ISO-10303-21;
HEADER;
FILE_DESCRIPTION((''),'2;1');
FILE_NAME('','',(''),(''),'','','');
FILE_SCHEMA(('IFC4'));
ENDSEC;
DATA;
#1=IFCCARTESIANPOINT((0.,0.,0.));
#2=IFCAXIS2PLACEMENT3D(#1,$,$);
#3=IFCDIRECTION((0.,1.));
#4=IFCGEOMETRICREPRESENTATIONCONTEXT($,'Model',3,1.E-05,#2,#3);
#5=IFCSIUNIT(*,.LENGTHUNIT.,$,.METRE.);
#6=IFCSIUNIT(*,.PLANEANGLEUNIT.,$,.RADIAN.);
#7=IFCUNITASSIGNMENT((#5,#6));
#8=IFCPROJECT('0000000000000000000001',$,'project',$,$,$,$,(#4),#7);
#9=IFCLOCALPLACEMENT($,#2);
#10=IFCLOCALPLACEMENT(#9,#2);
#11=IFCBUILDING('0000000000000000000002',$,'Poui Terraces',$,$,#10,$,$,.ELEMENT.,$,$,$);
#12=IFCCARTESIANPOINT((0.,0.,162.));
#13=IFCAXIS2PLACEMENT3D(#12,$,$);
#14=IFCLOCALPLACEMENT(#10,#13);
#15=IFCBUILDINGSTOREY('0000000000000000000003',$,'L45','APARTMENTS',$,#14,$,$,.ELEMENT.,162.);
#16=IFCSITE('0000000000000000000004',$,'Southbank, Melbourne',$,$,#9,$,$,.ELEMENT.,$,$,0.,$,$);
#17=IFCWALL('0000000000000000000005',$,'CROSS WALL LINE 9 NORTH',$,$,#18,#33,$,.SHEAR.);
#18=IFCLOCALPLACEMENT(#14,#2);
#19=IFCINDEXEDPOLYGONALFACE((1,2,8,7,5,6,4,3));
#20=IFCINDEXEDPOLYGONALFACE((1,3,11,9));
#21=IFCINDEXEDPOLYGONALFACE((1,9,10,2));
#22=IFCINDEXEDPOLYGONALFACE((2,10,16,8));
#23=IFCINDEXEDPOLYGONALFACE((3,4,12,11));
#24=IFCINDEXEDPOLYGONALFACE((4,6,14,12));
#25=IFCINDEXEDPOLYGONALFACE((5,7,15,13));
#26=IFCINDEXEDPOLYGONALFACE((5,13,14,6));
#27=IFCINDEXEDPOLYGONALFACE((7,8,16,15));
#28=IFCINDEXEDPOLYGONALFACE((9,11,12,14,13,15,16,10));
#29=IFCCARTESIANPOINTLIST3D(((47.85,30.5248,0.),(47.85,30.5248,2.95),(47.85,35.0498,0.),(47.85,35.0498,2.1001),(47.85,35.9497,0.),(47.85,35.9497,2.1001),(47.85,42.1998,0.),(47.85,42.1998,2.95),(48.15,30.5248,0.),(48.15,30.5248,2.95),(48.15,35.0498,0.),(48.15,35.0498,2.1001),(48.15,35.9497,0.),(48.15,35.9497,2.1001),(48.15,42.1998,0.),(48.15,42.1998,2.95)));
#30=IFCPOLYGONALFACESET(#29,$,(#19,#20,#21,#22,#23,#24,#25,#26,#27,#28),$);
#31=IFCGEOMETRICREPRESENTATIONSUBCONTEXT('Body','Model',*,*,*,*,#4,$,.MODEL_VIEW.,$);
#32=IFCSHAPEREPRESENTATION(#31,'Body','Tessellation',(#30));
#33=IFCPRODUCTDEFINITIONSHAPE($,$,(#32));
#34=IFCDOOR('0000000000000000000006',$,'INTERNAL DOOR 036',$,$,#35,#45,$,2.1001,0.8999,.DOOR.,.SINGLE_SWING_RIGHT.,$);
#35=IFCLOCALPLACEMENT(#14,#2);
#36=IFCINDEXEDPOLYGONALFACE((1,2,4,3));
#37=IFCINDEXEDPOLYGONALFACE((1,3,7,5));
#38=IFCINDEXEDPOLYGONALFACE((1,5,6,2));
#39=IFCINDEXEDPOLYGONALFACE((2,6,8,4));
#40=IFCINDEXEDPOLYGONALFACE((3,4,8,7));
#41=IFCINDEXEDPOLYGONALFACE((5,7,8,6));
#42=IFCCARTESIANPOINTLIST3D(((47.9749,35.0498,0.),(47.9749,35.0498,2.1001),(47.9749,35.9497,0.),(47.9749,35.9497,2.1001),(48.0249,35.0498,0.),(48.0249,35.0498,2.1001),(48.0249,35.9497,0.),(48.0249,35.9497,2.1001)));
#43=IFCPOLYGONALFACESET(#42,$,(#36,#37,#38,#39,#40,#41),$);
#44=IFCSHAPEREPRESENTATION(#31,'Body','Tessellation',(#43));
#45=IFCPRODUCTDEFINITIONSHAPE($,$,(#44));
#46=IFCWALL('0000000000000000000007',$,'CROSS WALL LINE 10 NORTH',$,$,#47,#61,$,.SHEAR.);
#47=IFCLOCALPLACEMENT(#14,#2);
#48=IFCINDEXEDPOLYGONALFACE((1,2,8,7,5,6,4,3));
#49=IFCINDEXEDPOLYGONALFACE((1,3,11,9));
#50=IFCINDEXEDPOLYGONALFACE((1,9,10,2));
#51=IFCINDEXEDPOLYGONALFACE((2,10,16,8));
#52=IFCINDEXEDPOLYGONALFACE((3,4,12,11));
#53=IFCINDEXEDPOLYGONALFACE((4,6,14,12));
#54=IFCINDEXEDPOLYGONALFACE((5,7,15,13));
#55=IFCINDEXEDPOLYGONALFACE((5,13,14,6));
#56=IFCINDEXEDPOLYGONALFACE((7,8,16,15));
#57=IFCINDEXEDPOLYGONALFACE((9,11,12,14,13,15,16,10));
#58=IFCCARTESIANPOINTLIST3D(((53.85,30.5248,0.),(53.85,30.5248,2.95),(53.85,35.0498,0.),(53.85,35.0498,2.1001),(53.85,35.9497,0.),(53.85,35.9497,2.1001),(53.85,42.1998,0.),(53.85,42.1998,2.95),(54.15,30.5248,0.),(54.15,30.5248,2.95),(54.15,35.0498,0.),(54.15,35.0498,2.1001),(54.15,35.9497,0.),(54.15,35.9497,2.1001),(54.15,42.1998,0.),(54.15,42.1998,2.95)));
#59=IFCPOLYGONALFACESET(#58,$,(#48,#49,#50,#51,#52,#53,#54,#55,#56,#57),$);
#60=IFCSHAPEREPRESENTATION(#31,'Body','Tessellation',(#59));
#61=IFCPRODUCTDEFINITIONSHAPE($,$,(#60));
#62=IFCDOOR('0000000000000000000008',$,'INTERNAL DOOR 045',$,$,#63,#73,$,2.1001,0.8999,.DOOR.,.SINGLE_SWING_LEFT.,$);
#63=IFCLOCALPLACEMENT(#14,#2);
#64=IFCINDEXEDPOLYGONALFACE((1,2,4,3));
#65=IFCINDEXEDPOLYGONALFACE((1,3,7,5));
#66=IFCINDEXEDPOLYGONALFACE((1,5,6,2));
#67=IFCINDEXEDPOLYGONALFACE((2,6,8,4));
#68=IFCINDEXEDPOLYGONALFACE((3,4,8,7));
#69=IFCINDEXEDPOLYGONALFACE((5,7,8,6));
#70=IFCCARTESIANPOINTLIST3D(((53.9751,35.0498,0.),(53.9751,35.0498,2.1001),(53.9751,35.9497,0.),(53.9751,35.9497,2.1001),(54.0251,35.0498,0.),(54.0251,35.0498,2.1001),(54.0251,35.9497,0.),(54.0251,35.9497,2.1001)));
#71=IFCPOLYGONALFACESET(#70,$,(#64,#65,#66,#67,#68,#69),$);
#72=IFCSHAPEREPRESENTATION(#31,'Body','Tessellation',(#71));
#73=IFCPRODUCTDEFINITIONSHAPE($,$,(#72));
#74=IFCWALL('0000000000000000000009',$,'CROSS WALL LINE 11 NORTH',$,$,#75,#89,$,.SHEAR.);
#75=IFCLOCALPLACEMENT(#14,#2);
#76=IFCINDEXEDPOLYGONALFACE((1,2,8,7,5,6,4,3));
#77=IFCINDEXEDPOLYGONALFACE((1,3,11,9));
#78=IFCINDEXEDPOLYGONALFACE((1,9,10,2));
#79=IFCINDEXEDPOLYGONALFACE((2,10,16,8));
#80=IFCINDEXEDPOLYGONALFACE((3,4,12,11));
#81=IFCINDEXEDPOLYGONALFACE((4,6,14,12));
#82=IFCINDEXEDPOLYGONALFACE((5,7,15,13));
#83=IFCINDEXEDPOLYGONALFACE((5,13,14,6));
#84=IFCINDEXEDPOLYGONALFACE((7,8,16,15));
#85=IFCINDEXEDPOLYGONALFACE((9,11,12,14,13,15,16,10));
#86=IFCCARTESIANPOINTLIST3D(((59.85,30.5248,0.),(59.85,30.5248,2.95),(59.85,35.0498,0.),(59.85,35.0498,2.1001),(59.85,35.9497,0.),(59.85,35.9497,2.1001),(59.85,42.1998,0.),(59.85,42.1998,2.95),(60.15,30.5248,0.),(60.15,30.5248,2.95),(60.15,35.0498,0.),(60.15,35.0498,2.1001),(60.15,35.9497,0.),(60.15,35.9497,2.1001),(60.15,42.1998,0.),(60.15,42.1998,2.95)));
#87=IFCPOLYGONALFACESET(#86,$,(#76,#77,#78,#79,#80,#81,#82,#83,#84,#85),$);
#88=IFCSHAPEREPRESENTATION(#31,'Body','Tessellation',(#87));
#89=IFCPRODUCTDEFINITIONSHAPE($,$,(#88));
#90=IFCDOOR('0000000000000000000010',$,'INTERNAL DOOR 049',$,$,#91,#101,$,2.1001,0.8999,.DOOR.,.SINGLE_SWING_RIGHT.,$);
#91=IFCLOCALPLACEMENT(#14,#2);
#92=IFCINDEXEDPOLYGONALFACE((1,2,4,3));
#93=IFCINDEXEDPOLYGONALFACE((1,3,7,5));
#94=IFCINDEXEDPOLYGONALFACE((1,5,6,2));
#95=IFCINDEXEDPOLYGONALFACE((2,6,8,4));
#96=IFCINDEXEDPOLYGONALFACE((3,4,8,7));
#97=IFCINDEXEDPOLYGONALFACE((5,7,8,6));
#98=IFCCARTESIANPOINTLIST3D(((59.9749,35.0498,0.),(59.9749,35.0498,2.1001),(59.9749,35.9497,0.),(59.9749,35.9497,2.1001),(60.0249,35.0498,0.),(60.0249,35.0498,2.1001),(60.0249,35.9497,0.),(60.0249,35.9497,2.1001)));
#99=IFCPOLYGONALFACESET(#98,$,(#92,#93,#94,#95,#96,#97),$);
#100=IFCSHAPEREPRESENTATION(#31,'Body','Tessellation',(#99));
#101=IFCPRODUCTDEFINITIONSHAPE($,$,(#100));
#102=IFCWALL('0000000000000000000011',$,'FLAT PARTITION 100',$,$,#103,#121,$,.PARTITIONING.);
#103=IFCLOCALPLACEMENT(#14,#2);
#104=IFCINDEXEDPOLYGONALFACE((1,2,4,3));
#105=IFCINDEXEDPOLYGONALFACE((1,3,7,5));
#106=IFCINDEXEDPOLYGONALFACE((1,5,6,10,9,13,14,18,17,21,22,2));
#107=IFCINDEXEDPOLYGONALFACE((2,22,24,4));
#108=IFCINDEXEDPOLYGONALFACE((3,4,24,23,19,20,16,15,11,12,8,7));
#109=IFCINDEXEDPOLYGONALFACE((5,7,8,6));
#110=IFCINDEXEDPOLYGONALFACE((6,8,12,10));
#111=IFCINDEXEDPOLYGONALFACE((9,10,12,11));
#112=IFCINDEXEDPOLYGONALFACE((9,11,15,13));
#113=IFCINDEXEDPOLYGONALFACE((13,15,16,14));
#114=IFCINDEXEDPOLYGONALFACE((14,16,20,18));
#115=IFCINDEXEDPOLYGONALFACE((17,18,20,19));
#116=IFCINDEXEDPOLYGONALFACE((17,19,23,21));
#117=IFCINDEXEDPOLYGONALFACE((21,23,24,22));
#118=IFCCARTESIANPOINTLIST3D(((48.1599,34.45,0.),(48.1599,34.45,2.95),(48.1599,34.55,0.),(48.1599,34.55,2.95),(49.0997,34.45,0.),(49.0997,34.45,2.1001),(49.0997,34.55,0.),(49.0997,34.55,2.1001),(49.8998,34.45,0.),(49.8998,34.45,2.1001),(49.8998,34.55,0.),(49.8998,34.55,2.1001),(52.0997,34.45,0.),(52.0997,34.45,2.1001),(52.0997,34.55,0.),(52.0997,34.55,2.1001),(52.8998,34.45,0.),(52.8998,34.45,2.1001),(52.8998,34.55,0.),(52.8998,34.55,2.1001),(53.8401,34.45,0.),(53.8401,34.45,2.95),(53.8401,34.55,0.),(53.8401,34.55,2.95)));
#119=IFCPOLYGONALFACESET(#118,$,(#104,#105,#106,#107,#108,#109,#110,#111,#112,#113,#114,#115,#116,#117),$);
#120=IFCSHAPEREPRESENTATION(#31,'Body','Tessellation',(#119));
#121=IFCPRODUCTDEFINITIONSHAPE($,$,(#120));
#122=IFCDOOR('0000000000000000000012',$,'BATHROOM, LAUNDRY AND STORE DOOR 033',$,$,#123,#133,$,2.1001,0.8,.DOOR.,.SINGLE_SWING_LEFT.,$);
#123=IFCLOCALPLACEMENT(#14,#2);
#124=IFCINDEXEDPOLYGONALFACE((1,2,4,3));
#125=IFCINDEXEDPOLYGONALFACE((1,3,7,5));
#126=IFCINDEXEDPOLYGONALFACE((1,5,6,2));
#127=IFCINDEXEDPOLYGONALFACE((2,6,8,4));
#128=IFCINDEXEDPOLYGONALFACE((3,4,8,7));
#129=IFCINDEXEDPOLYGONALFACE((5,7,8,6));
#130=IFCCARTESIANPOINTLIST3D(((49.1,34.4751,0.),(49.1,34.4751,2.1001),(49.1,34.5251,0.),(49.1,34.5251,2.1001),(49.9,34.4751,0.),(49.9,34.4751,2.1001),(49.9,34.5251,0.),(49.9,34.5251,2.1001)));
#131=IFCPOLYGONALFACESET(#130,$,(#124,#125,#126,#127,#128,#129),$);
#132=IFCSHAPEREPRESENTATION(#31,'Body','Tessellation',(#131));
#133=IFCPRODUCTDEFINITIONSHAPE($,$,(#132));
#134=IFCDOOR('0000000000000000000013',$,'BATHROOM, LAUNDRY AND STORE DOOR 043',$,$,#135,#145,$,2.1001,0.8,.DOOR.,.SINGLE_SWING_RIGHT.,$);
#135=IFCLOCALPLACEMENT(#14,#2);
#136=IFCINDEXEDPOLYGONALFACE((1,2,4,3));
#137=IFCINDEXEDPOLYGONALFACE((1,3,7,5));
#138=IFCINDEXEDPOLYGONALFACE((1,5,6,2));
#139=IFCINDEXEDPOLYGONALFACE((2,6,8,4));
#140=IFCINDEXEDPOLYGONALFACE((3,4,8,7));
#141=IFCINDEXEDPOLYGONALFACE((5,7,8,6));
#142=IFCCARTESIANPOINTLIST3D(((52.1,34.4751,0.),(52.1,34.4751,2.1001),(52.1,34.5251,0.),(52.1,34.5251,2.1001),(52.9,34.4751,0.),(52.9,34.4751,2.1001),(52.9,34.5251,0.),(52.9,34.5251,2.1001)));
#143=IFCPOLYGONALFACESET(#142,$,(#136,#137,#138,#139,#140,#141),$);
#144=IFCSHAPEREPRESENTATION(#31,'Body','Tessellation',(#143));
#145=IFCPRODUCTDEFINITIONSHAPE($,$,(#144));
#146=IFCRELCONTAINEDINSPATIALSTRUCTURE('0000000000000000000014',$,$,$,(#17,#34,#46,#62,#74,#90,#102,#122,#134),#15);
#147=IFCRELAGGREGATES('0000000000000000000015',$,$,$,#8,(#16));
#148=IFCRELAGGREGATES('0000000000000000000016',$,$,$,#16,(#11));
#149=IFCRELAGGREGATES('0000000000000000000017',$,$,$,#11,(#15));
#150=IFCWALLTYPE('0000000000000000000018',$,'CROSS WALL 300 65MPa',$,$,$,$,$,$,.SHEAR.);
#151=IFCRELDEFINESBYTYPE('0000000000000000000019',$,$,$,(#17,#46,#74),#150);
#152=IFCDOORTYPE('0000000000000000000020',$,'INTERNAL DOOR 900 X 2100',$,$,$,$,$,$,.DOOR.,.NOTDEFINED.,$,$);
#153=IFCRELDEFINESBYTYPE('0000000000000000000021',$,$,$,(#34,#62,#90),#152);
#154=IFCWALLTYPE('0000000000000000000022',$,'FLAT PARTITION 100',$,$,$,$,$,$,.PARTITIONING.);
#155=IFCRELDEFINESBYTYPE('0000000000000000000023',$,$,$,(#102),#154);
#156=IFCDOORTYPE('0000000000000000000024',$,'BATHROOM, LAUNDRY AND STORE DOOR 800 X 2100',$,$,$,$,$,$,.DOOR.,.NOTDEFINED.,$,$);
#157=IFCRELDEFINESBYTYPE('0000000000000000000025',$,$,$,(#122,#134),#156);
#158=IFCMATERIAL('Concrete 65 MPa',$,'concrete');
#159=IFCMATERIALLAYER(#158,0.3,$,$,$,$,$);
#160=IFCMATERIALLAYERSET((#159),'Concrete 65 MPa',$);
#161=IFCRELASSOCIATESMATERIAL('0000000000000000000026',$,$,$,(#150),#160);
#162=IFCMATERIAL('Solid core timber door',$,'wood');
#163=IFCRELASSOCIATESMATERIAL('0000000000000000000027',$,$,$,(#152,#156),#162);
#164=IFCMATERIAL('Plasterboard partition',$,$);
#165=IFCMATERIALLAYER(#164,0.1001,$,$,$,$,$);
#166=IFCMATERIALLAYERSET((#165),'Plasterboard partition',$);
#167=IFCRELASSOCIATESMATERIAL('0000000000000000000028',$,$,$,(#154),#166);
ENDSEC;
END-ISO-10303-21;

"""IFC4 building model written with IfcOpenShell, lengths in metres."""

from ifc_helpers import new_model, si_unit, direction, frame, frame_2d, origin, place, context, subcontext, project, spatial, rectangle, extrude, material, layer, layer_set, type_object, element, fill, save


model = new_model("IFC4")

# Units and contexts
model_context = context("Model", 3, precision=1e-05, world=origin(), true_north=direction((0.0, 1.0)))
body_context = subcontext(model_context, "Body", "Model", "MODEL_VIEW")
ifc_project = project(units=[si_unit("LENGTHUNIT", "METRE"), si_unit("PLANEANGLEUNIT", "RADIAN")], contexts=[model_context])

# Site, building, storey
site_placement = place(None, origin())
site = spatial("IfcSite", under=ifc_project, at=site_placement, Name="Southbank, Melbourne", CompositionType="ELEMENT", RefElevation=0.0)
building_placement = place(site_placement, origin())
building = spatial("IfcBuilding", under=site, at=building_placement, Name="Poui Terraces", CompositionType="ELEMENT")
storey_placement = place(building_placement, frame((0.0, 0.0, 162.0)))
storey = spatial("IfcBuildingStorey", under=building, at=storey_placement, Name="L45", Description="APARTMENTS", CompositionType="ELEMENT", Elevation=162.0)

# Walls, openings, doors
ifc_material_1 = material(Name="Concrete 65 MPa", Category="concrete")
ifc_layer_1 = layer(ifc_material_1, 0.3)
ifc_layer_set_1 = layer_set([ifc_layer_1], Name="Concrete 65 MPa")
wall_type_1 = type_object("IfcWallType", Name="CROSS WALL 300 65MPa", PredefinedType="SHEAR", material=ifc_layer_set_1)
wall_1_placement = place(storey_placement, frame((48.0, 30.5249, 0.0), z_axis=(0.0, 0.0, 1.0), x_axis=(0.0, 1.0, 0.0)))
wall_1 = element("IfcWall", 1, at=wall_1_placement, inside=storey, type_object=wall_type_1, Name="CROSS WALL LINE 9 NORTH", PredefinedType="SHEAR", context=body_context, shape_type="SweptSolid", body=[
    extrude(rectangle(XDim=11.675, YDim=0.3, at=frame_2d((5.8374, 0.0))), origin(), (0.0, 0.0, 1.0), 2.95),
])
opening_1_placement = place(wall_1_placement, frame((4.5249, 0.0, 0.0)))
opening_1 = element("IfcOpeningElement", 2, at=opening_1_placement, cuts=wall_1, PredefinedType="OPENING", context=body_context, shape_type="SweptSolid", body=[
    extrude(rectangle(XDim=0.8999, YDim=2.1001, at=frame_2d((0.45, 1.05))), frame((0.0, 0.1602, 0.0), z_axis=(0.0, -1.0, 0.0), x_axis=(1.0, 0.0, 0.0)), (0.0, 0.0, 1.0), 0.3201),
])
ifc_material_2 = material(Name="Solid core timber door", Category="wood")
door_type_1 = type_object("IfcDoorType", Name="INTERNAL DOOR 900 X 2100", OperationType="NOTDEFINED", PredefinedType="DOOR", material=ifc_material_2)
door_1_placement = place(opening_1_placement, frame((0.8999, 0.0, 0.0), z_axis=(0.0, 0.0, 1.0), x_axis=(-1.0, 0.0, 0.0)))
door_1 = element("IfcDoor", 3, at=door_1_placement, inside=storey, type_object=door_type_1, Name="INTERNAL DOOR 036", OperationType="SINGLE_SWING_RIGHT", OverallHeight=2.1001, OverallWidth=0.8999, PredefinedType="DOOR", context=body_context, shape_type="SweptSolid", body=[
    extrude(rectangle(XDim=0.8999, YDim=2.1001, at=frame_2d((0.45, 1.05))), frame((0.0, 0.0249, 0.0), z_axis=(0.0, -1.0, 0.0), x_axis=(1.0, 0.0, 0.0)), (0.0, 0.0, 1.0), 0.05),
])
fill(opening_1, door_1)
wall_2_placement = place(storey_placement, frame((54.0, 30.5249, 0.0), z_axis=(0.0, 0.0, 1.0), x_axis=(0.0, 1.0, 0.0)))
wall_2 = element("IfcWall", 4, at=wall_2_placement, inside=storey, type_object=wall_type_1, Name="CROSS WALL LINE 10 NORTH", PredefinedType="SHEAR", context=body_context, shape_type="SweptSolid", body=[
    extrude(rectangle(XDim=11.675, YDim=0.3, at=frame_2d((5.8374, 0.0))), origin(), (0.0, 0.0, 1.0), 2.95),
])
opening_2_placement = place(wall_2_placement, frame((4.5249, 0.0, 0.0)))
opening_2 = element("IfcOpeningElement", 5, at=opening_2_placement, cuts=wall_2, PredefinedType="OPENING", context=body_context, shape_type="SweptSolid", body=[
    extrude(rectangle(XDim=0.8999, YDim=2.1001, at=frame_2d((0.45, 1.05))), frame((0.0, 0.1602, 0.0), z_axis=(0.0, -1.0, 0.0), x_axis=(1.0, 0.0, 0.0)), (0.0, 0.0, 1.0), 0.3201),
])
door_2_placement = place(opening_2_placement, origin())
door_2 = element("IfcDoor", 6, at=door_2_placement, inside=storey, type_object=door_type_1, Name="INTERNAL DOOR 045", OperationType="SINGLE_SWING_LEFT", OverallHeight=2.1001, OverallWidth=0.8999, PredefinedType="DOOR", context=body_context, shape_type="SweptSolid", body=[
    extrude(rectangle(XDim=0.8999, YDim=2.1001, at=frame_2d((0.45, 1.05))), frame((0.0, 0.0249, 0.0), z_axis=(0.0, -1.0, 0.0), x_axis=(1.0, 0.0, 0.0)), (0.0, 0.0, 1.0), 0.05),
])
fill(opening_2, door_2)
wall_3_placement = place(storey_placement, frame((60.0, 30.5249, 0.0), z_axis=(0.0, 0.0, 1.0), x_axis=(0.0, 1.0, 0.0)))
wall_3 = element("IfcWall", 7, at=wall_3_placement, inside=storey, type_object=wall_type_1, Name="CROSS WALL LINE 11 NORTH", PredefinedType="SHEAR", context=body_context, shape_type="SweptSolid", body=[
    extrude(rectangle(XDim=11.675, YDim=0.3, at=frame_2d((5.8374, 0.0))), origin(), (0.0, 0.0, 1.0), 2.95),
])
opening_3_placement = place(wall_3_placement, frame((4.5249, 0.0, 0.0)))
opening_3 = element("IfcOpeningElement", 8, at=opening_3_placement, cuts=wall_3, PredefinedType="OPENING", context=body_context, shape_type="SweptSolid", body=[
    extrude(rectangle(XDim=0.8999, YDim=2.1001, at=frame_2d((0.45, 1.05))), frame((0.0, 0.1602, 0.0), z_axis=(0.0, -1.0, 0.0), x_axis=(1.0, 0.0, 0.0)), (0.0, 0.0, 1.0), 0.3201),
])
door_3_placement = place(opening_3_placement, frame((0.8999, 0.0, 0.0), z_axis=(0.0, 0.0, 1.0), x_axis=(-1.0, 0.0, 0.0)))
door_3 = element("IfcDoor", 9, at=door_3_placement, inside=storey, type_object=door_type_1, Name="INTERNAL DOOR 049", OperationType="SINGLE_SWING_RIGHT", OverallHeight=2.1001, OverallWidth=0.8999, PredefinedType="DOOR", context=body_context, shape_type="SweptSolid", body=[
    extrude(rectangle(XDim=0.8999, YDim=2.1001, at=frame_2d((0.45, 1.05))), frame((0.0, 0.0249, 0.0), z_axis=(0.0, -1.0, 0.0), x_axis=(1.0, 0.0, 0.0)), (0.0, 0.0, 1.0), 0.05),
])
fill(opening_3, door_3)

# Wall, openings, doors
ifc_material_3 = material(Name="Plasterboard partition")
ifc_layer_2 = layer(ifc_material_3, 0.1001)
ifc_layer_set_2 = layer_set([ifc_layer_2], Name="Plasterboard partition")
wall_type_2 = type_object("IfcWallType", Name="FLAT PARTITION 100", PredefinedType="PARTITIONING", material=ifc_layer_set_2)
wall_4_placement = place(storey_placement, frame((48.1599, 34.5, 0.0), z_axis=(0.0, 0.0, 1.0), x_axis=(1.0, 0.0, 0.0)))
wall_4 = element("IfcWall", 10, at=wall_4_placement, inside=storey, type_object=wall_type_2, Name="FLAT PARTITION 100", PredefinedType="PARTITIONING", context=body_context, shape_type="SweptSolid", body=[
    extrude(rectangle(XDim=5.6802, YDim=0.1001, at=frame_2d((2.8401, 0.0))), origin(), (0.0, 0.0, 1.0), 2.95),
])
opening_4_placement = place(wall_4_placement, frame((0.9399, 0.0, 0.0)))
opening_4 = element("IfcOpeningElement", 11, at=opening_4_placement, cuts=wall_4, PredefinedType="OPENING", context=body_context, shape_type="SweptSolid", body=[
    extrude(rectangle(XDim=0.8, YDim=2.1001, at=frame_2d((0.3999, 1.05))), frame((0.0, 0.0601, 0.0), z_axis=(0.0, -1.0, 0.0), x_axis=(1.0, 0.0, 0.0)), (0.0, 0.0, 1.0), 0.1201),
])
opening_5_placement = place(wall_4_placement, frame((3.9399, 0.0, 0.0)))
opening_5 = element("IfcOpeningElement", 12, at=opening_5_placement, cuts=wall_4, PredefinedType="OPENING", context=body_context, shape_type="SweptSolid", body=[
    extrude(rectangle(XDim=0.8, YDim=2.1001, at=frame_2d((0.3999, 1.05))), frame((0.0, 0.0601, 0.0), z_axis=(0.0, -1.0, 0.0), x_axis=(1.0, 0.0, 0.0)), (0.0, 0.0, 1.0), 0.1201),
])
door_type_2 = type_object("IfcDoorType", Name="BATHROOM, LAUNDRY AND STORE DOOR 800 X 2100", OperationType="NOTDEFINED", PredefinedType="DOOR", material=ifc_material_2)
door_4_placement = place(opening_4_placement, frame((0.8, 0.0, 0.0), z_axis=(0.0, 0.0, 1.0), x_axis=(-1.0, 0.0, 0.0)))
door_4 = element("IfcDoor", 13, at=door_4_placement, inside=storey, type_object=door_type_2, Name="BATHROOM, LAUNDRY AND STORE DOOR 033", OperationType="SINGLE_SWING_LEFT", OverallHeight=2.1001, OverallWidth=0.8, PredefinedType="DOOR", context=body_context, shape_type="SweptSolid", body=[
    extrude(rectangle(XDim=0.8, YDim=2.1001, at=frame_2d((0.3999, 1.05))), frame((0.0, 0.0249, 0.0), z_axis=(0.0, -1.0, 0.0), x_axis=(1.0, 0.0, 0.0)), (0.0, 0.0, 1.0), 0.05),
])
fill(opening_4, door_4)
door_5_placement = place(opening_5_placement, frame((0.8, 0.0, 0.0), z_axis=(0.0, 0.0, 1.0), x_axis=(-1.0, 0.0, 0.0)))
door_5 = element("IfcDoor", 14, at=door_5_placement, inside=storey, type_object=door_type_2, Name="BATHROOM, LAUNDRY AND STORE DOOR 043", OperationType="SINGLE_SWING_RIGHT", OverallHeight=2.1001, OverallWidth=0.8, PredefinedType="DOOR", context=body_context, shape_type="SweptSolid", body=[
    extrude(rectangle(XDim=0.8, YDim=2.1001, at=frame_2d((0.3999, 1.05))), frame((0.0, 0.0249, 0.0), z_axis=(0.0, -1.0, 0.0), x_axis=(1.0, 0.0, 0.0)), (0.0, 0.0, 1.0), 0.05),
])
fill(opening_5, door_5)

save(model, "model.ifc")
